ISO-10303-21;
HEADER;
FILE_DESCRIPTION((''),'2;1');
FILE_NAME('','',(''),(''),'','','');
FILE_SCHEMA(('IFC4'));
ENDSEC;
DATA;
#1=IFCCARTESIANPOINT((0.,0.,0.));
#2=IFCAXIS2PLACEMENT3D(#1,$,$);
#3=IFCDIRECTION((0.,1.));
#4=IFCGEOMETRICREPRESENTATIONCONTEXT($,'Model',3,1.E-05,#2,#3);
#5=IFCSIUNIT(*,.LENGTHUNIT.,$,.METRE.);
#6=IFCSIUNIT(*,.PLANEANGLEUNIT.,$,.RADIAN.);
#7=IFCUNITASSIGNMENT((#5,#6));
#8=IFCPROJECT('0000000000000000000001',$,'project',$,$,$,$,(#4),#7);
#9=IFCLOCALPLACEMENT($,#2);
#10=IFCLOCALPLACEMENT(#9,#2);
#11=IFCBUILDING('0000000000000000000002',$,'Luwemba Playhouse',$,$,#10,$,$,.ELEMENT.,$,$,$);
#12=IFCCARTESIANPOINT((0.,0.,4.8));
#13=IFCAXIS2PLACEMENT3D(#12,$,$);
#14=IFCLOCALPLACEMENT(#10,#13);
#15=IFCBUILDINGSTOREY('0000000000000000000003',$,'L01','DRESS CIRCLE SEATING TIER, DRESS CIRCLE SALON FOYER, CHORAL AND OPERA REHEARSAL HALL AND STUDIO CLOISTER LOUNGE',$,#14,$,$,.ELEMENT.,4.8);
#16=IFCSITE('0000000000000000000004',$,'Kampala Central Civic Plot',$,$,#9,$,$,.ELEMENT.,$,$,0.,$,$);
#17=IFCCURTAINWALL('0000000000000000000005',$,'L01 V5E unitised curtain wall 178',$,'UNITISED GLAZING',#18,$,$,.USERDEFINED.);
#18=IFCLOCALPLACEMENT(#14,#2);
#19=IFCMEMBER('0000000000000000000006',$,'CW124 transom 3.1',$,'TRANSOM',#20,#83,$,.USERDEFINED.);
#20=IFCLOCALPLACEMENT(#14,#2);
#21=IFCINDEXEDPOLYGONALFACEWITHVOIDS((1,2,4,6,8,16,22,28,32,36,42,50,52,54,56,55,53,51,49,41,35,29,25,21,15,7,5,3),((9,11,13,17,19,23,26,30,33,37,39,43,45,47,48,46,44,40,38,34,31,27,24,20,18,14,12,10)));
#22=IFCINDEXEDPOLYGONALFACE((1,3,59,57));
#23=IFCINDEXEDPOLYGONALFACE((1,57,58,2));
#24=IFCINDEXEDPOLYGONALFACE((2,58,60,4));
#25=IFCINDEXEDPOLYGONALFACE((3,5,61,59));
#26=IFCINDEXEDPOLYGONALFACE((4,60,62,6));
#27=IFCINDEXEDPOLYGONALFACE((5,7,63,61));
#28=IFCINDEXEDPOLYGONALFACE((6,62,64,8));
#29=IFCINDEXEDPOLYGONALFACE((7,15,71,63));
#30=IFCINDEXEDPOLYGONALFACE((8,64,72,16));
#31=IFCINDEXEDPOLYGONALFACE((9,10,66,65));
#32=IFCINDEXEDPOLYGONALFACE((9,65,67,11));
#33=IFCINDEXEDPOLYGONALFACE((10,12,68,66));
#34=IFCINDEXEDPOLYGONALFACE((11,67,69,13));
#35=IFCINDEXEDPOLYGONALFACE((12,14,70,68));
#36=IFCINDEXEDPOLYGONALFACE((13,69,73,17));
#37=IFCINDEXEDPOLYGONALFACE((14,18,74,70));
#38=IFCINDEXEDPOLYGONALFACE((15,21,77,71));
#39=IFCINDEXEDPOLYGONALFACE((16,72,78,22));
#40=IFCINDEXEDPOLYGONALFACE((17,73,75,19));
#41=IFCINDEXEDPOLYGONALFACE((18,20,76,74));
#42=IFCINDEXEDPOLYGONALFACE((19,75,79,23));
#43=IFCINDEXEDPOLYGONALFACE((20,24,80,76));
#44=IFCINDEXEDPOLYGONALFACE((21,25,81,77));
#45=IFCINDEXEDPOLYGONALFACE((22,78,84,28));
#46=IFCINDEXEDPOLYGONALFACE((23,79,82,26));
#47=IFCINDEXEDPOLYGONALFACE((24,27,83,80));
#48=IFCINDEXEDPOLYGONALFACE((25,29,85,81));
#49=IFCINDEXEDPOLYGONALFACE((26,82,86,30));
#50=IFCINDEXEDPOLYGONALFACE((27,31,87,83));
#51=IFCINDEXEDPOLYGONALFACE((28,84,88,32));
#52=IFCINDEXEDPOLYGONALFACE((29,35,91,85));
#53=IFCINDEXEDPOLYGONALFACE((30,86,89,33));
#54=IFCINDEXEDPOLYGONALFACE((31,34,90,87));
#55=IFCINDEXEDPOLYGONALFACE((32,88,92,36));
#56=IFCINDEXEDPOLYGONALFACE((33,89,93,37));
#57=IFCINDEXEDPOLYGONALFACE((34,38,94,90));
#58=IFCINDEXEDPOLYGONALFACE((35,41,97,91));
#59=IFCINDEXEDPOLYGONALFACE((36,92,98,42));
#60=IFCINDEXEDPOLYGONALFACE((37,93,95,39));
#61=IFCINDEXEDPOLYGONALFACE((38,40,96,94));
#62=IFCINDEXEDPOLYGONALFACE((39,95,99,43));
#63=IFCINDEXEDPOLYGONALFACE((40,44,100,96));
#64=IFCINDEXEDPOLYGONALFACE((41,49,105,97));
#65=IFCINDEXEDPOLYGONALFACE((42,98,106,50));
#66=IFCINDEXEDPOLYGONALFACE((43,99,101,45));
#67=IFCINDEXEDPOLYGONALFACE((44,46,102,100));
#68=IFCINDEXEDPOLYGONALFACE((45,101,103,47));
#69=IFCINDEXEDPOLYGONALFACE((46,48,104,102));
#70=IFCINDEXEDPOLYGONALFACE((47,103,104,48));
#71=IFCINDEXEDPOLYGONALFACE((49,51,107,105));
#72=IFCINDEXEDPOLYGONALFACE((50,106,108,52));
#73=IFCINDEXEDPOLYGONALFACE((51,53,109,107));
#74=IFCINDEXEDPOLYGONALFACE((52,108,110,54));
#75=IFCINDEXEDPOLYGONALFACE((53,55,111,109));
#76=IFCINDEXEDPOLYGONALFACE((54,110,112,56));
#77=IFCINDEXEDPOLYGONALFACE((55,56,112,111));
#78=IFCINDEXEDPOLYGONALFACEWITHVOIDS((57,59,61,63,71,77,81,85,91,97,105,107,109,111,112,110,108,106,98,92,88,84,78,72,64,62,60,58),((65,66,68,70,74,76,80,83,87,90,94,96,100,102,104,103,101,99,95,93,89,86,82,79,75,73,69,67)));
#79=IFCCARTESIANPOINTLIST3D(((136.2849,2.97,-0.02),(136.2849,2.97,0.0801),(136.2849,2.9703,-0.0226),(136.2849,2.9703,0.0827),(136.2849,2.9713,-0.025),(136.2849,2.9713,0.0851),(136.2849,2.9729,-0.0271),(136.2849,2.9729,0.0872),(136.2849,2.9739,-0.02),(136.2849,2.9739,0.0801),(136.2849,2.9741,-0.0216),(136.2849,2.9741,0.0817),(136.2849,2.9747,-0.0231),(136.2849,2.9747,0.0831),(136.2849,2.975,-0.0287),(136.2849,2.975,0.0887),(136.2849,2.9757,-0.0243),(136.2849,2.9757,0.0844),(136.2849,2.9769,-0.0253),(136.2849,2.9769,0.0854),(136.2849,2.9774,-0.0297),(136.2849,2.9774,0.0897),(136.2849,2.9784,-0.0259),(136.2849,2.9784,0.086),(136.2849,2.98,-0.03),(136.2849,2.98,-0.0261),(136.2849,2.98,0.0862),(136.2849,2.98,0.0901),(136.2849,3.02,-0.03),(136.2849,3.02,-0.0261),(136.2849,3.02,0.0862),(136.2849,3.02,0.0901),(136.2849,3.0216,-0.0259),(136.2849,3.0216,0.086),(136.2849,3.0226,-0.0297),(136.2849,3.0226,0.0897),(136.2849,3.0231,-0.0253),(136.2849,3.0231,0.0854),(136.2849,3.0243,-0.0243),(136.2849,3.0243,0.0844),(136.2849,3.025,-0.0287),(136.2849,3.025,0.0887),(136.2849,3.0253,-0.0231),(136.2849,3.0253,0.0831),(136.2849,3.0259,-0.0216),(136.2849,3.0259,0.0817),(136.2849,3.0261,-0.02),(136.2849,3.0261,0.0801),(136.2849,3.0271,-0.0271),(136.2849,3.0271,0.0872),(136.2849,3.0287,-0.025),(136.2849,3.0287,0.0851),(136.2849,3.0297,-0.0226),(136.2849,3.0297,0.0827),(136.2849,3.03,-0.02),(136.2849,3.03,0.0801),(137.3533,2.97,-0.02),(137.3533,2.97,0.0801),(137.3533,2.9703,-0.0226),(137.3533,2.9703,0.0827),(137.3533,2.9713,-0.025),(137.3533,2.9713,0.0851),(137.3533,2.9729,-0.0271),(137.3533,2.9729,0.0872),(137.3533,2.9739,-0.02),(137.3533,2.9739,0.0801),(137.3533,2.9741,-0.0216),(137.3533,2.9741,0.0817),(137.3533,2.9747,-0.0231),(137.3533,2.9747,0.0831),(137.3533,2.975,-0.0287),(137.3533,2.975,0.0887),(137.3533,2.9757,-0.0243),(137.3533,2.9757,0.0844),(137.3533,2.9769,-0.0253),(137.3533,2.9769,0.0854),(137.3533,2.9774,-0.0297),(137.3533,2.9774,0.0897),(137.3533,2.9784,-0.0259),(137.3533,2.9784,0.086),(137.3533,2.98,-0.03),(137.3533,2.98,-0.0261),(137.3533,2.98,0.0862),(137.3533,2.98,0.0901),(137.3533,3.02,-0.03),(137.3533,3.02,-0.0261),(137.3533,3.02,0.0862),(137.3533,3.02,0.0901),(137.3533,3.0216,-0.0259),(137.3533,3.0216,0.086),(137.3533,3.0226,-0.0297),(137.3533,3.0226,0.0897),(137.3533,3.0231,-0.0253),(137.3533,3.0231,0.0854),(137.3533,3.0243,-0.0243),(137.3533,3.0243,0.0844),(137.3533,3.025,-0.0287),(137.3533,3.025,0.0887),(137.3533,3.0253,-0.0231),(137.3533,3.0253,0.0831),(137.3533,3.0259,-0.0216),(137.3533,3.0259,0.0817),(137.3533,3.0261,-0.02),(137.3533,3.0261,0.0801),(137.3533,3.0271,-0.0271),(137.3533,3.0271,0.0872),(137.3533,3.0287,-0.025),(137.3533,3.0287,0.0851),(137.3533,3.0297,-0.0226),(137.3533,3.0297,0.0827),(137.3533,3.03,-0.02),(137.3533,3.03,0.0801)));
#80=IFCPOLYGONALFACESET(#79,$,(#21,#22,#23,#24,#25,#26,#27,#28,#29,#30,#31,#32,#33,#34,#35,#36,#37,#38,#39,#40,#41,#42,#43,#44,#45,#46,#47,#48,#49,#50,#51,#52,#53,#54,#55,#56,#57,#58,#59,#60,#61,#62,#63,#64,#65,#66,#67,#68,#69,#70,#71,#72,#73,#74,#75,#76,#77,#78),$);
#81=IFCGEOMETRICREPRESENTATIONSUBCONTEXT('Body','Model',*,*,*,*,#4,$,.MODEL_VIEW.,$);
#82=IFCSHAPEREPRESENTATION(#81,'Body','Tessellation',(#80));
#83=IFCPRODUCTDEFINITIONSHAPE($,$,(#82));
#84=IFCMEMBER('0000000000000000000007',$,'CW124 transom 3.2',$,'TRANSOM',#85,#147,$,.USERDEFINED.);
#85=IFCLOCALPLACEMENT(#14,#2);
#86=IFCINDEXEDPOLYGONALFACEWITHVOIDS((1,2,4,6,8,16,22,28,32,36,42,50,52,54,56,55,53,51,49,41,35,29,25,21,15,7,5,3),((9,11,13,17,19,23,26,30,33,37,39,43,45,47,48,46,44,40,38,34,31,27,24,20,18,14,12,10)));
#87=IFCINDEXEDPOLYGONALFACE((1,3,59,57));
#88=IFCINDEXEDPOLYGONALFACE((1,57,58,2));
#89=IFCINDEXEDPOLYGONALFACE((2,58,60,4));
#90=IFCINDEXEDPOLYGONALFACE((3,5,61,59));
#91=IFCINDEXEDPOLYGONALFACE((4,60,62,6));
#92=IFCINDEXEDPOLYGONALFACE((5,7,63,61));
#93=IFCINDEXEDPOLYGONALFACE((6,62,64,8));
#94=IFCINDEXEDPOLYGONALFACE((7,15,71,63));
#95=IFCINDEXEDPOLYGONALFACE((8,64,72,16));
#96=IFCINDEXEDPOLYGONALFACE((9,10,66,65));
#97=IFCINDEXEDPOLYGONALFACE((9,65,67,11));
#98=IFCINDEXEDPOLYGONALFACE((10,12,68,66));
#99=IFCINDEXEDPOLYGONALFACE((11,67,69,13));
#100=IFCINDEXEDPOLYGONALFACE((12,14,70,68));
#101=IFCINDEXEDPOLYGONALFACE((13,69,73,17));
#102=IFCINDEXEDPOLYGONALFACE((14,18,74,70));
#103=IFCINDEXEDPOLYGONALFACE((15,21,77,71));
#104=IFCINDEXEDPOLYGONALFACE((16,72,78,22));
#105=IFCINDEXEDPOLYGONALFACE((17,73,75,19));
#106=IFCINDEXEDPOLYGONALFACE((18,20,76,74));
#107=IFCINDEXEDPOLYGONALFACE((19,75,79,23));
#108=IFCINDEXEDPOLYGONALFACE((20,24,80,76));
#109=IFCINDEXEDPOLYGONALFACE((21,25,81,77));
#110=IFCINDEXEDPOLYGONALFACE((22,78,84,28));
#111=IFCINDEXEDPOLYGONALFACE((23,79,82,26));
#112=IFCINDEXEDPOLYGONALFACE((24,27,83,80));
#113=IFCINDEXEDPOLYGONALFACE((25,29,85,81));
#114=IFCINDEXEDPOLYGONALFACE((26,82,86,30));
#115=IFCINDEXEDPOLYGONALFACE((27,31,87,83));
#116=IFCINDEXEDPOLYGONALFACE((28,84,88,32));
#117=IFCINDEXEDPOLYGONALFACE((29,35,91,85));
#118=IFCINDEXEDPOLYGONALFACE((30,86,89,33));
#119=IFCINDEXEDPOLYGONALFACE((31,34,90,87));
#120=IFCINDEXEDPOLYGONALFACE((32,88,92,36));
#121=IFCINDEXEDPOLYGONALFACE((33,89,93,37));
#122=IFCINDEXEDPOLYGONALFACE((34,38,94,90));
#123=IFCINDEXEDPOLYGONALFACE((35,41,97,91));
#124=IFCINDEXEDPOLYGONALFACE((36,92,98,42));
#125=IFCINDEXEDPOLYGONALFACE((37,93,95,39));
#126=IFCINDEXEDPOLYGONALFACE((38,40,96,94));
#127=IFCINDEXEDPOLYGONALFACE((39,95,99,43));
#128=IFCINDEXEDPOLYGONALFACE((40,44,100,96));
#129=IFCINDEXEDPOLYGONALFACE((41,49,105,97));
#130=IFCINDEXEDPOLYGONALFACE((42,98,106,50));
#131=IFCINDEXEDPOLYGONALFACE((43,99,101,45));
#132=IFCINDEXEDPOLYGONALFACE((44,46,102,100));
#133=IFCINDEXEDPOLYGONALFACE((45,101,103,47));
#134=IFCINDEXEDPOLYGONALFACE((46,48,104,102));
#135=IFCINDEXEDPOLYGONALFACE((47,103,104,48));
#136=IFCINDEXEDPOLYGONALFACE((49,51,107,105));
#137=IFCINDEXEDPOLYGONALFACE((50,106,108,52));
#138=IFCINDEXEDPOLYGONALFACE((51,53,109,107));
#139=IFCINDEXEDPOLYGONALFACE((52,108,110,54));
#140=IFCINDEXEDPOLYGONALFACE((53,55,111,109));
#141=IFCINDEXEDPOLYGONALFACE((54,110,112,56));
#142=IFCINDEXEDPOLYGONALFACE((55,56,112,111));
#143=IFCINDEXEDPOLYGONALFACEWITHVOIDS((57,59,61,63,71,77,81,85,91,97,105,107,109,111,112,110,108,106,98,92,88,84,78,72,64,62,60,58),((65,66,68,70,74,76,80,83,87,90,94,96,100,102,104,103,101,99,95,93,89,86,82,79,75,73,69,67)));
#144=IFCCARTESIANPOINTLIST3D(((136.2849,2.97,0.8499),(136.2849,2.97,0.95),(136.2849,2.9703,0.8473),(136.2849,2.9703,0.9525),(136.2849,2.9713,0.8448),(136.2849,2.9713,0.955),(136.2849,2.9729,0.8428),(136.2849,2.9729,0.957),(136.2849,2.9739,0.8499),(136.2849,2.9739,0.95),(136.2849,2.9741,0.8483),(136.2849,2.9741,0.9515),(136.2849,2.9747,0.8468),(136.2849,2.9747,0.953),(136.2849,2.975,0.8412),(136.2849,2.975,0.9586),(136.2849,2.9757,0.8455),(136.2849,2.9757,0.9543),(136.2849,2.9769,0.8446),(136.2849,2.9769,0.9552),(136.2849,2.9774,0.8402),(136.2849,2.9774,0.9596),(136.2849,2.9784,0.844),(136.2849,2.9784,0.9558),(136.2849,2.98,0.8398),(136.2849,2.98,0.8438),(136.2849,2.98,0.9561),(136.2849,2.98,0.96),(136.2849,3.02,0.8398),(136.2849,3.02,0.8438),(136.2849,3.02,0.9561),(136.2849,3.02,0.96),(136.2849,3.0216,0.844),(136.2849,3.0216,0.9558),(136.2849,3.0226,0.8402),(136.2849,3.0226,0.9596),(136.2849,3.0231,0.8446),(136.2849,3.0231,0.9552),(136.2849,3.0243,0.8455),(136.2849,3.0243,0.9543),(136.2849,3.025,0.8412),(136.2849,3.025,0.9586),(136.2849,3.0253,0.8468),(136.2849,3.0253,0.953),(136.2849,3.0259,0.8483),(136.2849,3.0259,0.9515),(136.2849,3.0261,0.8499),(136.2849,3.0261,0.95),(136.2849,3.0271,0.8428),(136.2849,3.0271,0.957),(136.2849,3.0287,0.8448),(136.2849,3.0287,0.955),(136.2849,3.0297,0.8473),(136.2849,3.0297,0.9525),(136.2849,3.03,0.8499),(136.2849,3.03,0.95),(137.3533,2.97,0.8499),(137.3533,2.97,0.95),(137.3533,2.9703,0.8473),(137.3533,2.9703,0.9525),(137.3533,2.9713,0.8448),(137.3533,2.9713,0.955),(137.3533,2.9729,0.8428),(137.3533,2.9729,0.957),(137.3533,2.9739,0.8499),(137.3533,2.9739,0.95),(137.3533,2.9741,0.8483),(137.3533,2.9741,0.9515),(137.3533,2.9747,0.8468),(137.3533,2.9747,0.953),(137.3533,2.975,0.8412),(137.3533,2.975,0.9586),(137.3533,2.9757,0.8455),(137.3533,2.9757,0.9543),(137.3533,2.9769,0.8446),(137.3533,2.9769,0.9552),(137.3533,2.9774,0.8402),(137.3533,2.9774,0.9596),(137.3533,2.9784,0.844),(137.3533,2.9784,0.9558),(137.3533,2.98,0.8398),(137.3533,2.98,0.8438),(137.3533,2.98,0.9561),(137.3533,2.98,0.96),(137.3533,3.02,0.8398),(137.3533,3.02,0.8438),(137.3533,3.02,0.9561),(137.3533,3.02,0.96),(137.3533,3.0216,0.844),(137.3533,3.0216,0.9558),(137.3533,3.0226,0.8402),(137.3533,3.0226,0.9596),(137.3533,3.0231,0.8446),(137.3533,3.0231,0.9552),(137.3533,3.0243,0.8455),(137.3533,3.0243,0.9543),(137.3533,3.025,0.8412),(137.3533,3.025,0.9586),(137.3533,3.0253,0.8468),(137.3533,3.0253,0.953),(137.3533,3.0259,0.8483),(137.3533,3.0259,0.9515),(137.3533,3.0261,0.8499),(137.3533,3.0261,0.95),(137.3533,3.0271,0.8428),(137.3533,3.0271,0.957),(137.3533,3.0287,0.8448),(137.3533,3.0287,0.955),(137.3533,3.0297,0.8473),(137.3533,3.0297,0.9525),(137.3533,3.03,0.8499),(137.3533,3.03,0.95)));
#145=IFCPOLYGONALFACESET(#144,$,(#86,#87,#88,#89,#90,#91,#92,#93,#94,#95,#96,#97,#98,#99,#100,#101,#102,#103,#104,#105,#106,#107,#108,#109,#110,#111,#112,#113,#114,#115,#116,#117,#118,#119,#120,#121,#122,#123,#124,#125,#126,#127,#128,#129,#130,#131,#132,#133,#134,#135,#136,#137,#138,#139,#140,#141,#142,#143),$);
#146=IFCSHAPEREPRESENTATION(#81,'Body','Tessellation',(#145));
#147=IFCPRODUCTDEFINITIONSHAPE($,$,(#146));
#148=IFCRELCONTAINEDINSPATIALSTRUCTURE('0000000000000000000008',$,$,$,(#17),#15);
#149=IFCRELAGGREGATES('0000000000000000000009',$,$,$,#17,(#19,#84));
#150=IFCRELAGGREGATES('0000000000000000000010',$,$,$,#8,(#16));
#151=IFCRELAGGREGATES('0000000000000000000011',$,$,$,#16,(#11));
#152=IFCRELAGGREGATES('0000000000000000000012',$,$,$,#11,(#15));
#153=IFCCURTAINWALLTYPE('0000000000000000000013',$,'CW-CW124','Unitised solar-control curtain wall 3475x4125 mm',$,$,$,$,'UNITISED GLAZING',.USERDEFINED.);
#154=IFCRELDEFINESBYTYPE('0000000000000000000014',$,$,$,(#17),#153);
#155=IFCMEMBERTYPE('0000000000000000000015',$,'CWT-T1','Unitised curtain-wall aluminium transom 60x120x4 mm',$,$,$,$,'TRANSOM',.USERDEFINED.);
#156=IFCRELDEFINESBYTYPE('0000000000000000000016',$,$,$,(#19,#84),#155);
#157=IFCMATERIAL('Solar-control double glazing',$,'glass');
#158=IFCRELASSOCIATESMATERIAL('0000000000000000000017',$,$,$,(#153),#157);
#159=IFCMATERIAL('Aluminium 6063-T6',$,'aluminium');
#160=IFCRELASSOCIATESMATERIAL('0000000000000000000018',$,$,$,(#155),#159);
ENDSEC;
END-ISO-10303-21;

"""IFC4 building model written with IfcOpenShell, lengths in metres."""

from ifc_helpers import new_model, si_unit, direction, frame, origin, origin_2d, place, context, subcontext, project, spatial, hollow_rectangle, extrude, material, material_profile, profile_set, type_object, element, aggregate, save


model = new_model("IFC4")

# Units and contexts
model_context = context("Model", 3, precision=1e-05, world=origin(), true_north=direction((0.0, 1.0)))
body_context = subcontext(model_context, "Body", "Model", "MODEL_VIEW")
ifc_project = project(units=[si_unit("LENGTHUNIT", "METRE"), si_unit("PLANEANGLEUNIT", "RADIAN")], contexts=[model_context])

# Site, building, storey
site_placement = place(None, origin())
site = spatial("IfcSite", under=ifc_project, at=site_placement, Name="Kampala Central Civic Plot", CompositionType="ELEMENT", RefElevation=0.0)
building_placement = place(site_placement, origin())
building = spatial("IfcBuilding", under=site, at=building_placement, Name="Luwemba Playhouse", CompositionType="ELEMENT")
storey_placement = place(building_placement, frame((0.0, 0.0, 4.8)))
storey = spatial("IfcBuildingStorey", under=building, at=storey_placement, Name="L01", Description="DRESS CIRCLE SEATING TIER, DRESS CIRCLE SALON FOYER, CHORAL AND OPERA REHEARSAL HALL AND STUDIO CLOISTER LOUNGE", CompositionType="ELEMENT", Elevation=4.8)

# Curtain wall, members
ifc_material_1 = material(Name="Solar-control double glazing", Category="glass")
curtain_wall_type = type_object("IfcCurtainWallType", Name="CW-CW124", Description="Unitised solar-control curtain wall 3475x4125 mm", ElementType="UNITISED GLAZING", PredefinedType="USERDEFINED", material=ifc_material_1)
curtain_wall_placement = place(storey_placement, origin())
curtain_wall = element("IfcCurtainWall", 1, at=curtain_wall_placement, inside=storey, type_object=curtain_wall_type, Name="L01 V5E unitised curtain wall 178", ObjectType="UNITISED GLAZING", PredefinedType="USERDEFINED")
ifc_material_2 = material(Name="Aluminium 6063-T6", Category="aluminium")
ifc_material_profile_1 = material_profile(ifc_material_2, hollow_rectangle(XDim=0.0601, YDim=0.1201, WallThickness=0.0039, InnerFilletRadius=0.0061, OuterFilletRadius=0.01, at=origin_2d()))
ifc_profile_set_1 = profile_set([ifc_material_profile_1], Name="Aluminium 6063-T6")
member_type_1 = type_object("IfcMemberType", Name="CWT-T1", Description="Unitised curtain-wall aluminium transom 60x120x4 mm", ElementType="TRANSOM", PredefinedType="USERDEFINED", material=ifc_profile_set_1)
member_1_placement = place(storey_placement, frame((137.3533, 3.0, 0.03), z_axis=(-1.0, 0.0, 0.0), x_axis=(0.0, -1.0, 0.0)))
member_1 = element("IfcMember", 2, at=member_1_placement, type_object=member_type_1, Name="CW124 transom 3.1", ObjectType="TRANSOM", PredefinedType="USERDEFINED", context=body_context, shape_type="SweptSolid", body=[
    extrude(hollow_rectangle(XDim=0.0601, YDim=0.1201, WallThickness=0.0039, InnerFilletRadius=0.0061, OuterFilletRadius=0.01, at=origin_2d()), origin(), (0.0, 0.0, 1.0), 1.0684),
])
member_2_placement = place(storey_placement, frame((137.3533, 3.0, 0.8999), z_axis=(-1.0, 0.0, 0.0), x_axis=(0.0, -1.0, 0.0)))
member_2 = element("IfcMember", 3, at=member_2_placement, type_object=member_type_1, Name="CW124 transom 3.2", ObjectType="TRANSOM", PredefinedType="USERDEFINED", context=body_context, shape_type="SweptSolid", body=[
    extrude(hollow_rectangle(XDim=0.0601, YDim=0.1201, WallThickness=0.0039, InnerFilletRadius=0.0061, OuterFilletRadius=0.01, at=origin_2d()), origin(), (0.0, 0.0, 1.0), 1.0684),
])

aggregate(curtain_wall, [member_1, member_2])

save(model, "model.ifc")
